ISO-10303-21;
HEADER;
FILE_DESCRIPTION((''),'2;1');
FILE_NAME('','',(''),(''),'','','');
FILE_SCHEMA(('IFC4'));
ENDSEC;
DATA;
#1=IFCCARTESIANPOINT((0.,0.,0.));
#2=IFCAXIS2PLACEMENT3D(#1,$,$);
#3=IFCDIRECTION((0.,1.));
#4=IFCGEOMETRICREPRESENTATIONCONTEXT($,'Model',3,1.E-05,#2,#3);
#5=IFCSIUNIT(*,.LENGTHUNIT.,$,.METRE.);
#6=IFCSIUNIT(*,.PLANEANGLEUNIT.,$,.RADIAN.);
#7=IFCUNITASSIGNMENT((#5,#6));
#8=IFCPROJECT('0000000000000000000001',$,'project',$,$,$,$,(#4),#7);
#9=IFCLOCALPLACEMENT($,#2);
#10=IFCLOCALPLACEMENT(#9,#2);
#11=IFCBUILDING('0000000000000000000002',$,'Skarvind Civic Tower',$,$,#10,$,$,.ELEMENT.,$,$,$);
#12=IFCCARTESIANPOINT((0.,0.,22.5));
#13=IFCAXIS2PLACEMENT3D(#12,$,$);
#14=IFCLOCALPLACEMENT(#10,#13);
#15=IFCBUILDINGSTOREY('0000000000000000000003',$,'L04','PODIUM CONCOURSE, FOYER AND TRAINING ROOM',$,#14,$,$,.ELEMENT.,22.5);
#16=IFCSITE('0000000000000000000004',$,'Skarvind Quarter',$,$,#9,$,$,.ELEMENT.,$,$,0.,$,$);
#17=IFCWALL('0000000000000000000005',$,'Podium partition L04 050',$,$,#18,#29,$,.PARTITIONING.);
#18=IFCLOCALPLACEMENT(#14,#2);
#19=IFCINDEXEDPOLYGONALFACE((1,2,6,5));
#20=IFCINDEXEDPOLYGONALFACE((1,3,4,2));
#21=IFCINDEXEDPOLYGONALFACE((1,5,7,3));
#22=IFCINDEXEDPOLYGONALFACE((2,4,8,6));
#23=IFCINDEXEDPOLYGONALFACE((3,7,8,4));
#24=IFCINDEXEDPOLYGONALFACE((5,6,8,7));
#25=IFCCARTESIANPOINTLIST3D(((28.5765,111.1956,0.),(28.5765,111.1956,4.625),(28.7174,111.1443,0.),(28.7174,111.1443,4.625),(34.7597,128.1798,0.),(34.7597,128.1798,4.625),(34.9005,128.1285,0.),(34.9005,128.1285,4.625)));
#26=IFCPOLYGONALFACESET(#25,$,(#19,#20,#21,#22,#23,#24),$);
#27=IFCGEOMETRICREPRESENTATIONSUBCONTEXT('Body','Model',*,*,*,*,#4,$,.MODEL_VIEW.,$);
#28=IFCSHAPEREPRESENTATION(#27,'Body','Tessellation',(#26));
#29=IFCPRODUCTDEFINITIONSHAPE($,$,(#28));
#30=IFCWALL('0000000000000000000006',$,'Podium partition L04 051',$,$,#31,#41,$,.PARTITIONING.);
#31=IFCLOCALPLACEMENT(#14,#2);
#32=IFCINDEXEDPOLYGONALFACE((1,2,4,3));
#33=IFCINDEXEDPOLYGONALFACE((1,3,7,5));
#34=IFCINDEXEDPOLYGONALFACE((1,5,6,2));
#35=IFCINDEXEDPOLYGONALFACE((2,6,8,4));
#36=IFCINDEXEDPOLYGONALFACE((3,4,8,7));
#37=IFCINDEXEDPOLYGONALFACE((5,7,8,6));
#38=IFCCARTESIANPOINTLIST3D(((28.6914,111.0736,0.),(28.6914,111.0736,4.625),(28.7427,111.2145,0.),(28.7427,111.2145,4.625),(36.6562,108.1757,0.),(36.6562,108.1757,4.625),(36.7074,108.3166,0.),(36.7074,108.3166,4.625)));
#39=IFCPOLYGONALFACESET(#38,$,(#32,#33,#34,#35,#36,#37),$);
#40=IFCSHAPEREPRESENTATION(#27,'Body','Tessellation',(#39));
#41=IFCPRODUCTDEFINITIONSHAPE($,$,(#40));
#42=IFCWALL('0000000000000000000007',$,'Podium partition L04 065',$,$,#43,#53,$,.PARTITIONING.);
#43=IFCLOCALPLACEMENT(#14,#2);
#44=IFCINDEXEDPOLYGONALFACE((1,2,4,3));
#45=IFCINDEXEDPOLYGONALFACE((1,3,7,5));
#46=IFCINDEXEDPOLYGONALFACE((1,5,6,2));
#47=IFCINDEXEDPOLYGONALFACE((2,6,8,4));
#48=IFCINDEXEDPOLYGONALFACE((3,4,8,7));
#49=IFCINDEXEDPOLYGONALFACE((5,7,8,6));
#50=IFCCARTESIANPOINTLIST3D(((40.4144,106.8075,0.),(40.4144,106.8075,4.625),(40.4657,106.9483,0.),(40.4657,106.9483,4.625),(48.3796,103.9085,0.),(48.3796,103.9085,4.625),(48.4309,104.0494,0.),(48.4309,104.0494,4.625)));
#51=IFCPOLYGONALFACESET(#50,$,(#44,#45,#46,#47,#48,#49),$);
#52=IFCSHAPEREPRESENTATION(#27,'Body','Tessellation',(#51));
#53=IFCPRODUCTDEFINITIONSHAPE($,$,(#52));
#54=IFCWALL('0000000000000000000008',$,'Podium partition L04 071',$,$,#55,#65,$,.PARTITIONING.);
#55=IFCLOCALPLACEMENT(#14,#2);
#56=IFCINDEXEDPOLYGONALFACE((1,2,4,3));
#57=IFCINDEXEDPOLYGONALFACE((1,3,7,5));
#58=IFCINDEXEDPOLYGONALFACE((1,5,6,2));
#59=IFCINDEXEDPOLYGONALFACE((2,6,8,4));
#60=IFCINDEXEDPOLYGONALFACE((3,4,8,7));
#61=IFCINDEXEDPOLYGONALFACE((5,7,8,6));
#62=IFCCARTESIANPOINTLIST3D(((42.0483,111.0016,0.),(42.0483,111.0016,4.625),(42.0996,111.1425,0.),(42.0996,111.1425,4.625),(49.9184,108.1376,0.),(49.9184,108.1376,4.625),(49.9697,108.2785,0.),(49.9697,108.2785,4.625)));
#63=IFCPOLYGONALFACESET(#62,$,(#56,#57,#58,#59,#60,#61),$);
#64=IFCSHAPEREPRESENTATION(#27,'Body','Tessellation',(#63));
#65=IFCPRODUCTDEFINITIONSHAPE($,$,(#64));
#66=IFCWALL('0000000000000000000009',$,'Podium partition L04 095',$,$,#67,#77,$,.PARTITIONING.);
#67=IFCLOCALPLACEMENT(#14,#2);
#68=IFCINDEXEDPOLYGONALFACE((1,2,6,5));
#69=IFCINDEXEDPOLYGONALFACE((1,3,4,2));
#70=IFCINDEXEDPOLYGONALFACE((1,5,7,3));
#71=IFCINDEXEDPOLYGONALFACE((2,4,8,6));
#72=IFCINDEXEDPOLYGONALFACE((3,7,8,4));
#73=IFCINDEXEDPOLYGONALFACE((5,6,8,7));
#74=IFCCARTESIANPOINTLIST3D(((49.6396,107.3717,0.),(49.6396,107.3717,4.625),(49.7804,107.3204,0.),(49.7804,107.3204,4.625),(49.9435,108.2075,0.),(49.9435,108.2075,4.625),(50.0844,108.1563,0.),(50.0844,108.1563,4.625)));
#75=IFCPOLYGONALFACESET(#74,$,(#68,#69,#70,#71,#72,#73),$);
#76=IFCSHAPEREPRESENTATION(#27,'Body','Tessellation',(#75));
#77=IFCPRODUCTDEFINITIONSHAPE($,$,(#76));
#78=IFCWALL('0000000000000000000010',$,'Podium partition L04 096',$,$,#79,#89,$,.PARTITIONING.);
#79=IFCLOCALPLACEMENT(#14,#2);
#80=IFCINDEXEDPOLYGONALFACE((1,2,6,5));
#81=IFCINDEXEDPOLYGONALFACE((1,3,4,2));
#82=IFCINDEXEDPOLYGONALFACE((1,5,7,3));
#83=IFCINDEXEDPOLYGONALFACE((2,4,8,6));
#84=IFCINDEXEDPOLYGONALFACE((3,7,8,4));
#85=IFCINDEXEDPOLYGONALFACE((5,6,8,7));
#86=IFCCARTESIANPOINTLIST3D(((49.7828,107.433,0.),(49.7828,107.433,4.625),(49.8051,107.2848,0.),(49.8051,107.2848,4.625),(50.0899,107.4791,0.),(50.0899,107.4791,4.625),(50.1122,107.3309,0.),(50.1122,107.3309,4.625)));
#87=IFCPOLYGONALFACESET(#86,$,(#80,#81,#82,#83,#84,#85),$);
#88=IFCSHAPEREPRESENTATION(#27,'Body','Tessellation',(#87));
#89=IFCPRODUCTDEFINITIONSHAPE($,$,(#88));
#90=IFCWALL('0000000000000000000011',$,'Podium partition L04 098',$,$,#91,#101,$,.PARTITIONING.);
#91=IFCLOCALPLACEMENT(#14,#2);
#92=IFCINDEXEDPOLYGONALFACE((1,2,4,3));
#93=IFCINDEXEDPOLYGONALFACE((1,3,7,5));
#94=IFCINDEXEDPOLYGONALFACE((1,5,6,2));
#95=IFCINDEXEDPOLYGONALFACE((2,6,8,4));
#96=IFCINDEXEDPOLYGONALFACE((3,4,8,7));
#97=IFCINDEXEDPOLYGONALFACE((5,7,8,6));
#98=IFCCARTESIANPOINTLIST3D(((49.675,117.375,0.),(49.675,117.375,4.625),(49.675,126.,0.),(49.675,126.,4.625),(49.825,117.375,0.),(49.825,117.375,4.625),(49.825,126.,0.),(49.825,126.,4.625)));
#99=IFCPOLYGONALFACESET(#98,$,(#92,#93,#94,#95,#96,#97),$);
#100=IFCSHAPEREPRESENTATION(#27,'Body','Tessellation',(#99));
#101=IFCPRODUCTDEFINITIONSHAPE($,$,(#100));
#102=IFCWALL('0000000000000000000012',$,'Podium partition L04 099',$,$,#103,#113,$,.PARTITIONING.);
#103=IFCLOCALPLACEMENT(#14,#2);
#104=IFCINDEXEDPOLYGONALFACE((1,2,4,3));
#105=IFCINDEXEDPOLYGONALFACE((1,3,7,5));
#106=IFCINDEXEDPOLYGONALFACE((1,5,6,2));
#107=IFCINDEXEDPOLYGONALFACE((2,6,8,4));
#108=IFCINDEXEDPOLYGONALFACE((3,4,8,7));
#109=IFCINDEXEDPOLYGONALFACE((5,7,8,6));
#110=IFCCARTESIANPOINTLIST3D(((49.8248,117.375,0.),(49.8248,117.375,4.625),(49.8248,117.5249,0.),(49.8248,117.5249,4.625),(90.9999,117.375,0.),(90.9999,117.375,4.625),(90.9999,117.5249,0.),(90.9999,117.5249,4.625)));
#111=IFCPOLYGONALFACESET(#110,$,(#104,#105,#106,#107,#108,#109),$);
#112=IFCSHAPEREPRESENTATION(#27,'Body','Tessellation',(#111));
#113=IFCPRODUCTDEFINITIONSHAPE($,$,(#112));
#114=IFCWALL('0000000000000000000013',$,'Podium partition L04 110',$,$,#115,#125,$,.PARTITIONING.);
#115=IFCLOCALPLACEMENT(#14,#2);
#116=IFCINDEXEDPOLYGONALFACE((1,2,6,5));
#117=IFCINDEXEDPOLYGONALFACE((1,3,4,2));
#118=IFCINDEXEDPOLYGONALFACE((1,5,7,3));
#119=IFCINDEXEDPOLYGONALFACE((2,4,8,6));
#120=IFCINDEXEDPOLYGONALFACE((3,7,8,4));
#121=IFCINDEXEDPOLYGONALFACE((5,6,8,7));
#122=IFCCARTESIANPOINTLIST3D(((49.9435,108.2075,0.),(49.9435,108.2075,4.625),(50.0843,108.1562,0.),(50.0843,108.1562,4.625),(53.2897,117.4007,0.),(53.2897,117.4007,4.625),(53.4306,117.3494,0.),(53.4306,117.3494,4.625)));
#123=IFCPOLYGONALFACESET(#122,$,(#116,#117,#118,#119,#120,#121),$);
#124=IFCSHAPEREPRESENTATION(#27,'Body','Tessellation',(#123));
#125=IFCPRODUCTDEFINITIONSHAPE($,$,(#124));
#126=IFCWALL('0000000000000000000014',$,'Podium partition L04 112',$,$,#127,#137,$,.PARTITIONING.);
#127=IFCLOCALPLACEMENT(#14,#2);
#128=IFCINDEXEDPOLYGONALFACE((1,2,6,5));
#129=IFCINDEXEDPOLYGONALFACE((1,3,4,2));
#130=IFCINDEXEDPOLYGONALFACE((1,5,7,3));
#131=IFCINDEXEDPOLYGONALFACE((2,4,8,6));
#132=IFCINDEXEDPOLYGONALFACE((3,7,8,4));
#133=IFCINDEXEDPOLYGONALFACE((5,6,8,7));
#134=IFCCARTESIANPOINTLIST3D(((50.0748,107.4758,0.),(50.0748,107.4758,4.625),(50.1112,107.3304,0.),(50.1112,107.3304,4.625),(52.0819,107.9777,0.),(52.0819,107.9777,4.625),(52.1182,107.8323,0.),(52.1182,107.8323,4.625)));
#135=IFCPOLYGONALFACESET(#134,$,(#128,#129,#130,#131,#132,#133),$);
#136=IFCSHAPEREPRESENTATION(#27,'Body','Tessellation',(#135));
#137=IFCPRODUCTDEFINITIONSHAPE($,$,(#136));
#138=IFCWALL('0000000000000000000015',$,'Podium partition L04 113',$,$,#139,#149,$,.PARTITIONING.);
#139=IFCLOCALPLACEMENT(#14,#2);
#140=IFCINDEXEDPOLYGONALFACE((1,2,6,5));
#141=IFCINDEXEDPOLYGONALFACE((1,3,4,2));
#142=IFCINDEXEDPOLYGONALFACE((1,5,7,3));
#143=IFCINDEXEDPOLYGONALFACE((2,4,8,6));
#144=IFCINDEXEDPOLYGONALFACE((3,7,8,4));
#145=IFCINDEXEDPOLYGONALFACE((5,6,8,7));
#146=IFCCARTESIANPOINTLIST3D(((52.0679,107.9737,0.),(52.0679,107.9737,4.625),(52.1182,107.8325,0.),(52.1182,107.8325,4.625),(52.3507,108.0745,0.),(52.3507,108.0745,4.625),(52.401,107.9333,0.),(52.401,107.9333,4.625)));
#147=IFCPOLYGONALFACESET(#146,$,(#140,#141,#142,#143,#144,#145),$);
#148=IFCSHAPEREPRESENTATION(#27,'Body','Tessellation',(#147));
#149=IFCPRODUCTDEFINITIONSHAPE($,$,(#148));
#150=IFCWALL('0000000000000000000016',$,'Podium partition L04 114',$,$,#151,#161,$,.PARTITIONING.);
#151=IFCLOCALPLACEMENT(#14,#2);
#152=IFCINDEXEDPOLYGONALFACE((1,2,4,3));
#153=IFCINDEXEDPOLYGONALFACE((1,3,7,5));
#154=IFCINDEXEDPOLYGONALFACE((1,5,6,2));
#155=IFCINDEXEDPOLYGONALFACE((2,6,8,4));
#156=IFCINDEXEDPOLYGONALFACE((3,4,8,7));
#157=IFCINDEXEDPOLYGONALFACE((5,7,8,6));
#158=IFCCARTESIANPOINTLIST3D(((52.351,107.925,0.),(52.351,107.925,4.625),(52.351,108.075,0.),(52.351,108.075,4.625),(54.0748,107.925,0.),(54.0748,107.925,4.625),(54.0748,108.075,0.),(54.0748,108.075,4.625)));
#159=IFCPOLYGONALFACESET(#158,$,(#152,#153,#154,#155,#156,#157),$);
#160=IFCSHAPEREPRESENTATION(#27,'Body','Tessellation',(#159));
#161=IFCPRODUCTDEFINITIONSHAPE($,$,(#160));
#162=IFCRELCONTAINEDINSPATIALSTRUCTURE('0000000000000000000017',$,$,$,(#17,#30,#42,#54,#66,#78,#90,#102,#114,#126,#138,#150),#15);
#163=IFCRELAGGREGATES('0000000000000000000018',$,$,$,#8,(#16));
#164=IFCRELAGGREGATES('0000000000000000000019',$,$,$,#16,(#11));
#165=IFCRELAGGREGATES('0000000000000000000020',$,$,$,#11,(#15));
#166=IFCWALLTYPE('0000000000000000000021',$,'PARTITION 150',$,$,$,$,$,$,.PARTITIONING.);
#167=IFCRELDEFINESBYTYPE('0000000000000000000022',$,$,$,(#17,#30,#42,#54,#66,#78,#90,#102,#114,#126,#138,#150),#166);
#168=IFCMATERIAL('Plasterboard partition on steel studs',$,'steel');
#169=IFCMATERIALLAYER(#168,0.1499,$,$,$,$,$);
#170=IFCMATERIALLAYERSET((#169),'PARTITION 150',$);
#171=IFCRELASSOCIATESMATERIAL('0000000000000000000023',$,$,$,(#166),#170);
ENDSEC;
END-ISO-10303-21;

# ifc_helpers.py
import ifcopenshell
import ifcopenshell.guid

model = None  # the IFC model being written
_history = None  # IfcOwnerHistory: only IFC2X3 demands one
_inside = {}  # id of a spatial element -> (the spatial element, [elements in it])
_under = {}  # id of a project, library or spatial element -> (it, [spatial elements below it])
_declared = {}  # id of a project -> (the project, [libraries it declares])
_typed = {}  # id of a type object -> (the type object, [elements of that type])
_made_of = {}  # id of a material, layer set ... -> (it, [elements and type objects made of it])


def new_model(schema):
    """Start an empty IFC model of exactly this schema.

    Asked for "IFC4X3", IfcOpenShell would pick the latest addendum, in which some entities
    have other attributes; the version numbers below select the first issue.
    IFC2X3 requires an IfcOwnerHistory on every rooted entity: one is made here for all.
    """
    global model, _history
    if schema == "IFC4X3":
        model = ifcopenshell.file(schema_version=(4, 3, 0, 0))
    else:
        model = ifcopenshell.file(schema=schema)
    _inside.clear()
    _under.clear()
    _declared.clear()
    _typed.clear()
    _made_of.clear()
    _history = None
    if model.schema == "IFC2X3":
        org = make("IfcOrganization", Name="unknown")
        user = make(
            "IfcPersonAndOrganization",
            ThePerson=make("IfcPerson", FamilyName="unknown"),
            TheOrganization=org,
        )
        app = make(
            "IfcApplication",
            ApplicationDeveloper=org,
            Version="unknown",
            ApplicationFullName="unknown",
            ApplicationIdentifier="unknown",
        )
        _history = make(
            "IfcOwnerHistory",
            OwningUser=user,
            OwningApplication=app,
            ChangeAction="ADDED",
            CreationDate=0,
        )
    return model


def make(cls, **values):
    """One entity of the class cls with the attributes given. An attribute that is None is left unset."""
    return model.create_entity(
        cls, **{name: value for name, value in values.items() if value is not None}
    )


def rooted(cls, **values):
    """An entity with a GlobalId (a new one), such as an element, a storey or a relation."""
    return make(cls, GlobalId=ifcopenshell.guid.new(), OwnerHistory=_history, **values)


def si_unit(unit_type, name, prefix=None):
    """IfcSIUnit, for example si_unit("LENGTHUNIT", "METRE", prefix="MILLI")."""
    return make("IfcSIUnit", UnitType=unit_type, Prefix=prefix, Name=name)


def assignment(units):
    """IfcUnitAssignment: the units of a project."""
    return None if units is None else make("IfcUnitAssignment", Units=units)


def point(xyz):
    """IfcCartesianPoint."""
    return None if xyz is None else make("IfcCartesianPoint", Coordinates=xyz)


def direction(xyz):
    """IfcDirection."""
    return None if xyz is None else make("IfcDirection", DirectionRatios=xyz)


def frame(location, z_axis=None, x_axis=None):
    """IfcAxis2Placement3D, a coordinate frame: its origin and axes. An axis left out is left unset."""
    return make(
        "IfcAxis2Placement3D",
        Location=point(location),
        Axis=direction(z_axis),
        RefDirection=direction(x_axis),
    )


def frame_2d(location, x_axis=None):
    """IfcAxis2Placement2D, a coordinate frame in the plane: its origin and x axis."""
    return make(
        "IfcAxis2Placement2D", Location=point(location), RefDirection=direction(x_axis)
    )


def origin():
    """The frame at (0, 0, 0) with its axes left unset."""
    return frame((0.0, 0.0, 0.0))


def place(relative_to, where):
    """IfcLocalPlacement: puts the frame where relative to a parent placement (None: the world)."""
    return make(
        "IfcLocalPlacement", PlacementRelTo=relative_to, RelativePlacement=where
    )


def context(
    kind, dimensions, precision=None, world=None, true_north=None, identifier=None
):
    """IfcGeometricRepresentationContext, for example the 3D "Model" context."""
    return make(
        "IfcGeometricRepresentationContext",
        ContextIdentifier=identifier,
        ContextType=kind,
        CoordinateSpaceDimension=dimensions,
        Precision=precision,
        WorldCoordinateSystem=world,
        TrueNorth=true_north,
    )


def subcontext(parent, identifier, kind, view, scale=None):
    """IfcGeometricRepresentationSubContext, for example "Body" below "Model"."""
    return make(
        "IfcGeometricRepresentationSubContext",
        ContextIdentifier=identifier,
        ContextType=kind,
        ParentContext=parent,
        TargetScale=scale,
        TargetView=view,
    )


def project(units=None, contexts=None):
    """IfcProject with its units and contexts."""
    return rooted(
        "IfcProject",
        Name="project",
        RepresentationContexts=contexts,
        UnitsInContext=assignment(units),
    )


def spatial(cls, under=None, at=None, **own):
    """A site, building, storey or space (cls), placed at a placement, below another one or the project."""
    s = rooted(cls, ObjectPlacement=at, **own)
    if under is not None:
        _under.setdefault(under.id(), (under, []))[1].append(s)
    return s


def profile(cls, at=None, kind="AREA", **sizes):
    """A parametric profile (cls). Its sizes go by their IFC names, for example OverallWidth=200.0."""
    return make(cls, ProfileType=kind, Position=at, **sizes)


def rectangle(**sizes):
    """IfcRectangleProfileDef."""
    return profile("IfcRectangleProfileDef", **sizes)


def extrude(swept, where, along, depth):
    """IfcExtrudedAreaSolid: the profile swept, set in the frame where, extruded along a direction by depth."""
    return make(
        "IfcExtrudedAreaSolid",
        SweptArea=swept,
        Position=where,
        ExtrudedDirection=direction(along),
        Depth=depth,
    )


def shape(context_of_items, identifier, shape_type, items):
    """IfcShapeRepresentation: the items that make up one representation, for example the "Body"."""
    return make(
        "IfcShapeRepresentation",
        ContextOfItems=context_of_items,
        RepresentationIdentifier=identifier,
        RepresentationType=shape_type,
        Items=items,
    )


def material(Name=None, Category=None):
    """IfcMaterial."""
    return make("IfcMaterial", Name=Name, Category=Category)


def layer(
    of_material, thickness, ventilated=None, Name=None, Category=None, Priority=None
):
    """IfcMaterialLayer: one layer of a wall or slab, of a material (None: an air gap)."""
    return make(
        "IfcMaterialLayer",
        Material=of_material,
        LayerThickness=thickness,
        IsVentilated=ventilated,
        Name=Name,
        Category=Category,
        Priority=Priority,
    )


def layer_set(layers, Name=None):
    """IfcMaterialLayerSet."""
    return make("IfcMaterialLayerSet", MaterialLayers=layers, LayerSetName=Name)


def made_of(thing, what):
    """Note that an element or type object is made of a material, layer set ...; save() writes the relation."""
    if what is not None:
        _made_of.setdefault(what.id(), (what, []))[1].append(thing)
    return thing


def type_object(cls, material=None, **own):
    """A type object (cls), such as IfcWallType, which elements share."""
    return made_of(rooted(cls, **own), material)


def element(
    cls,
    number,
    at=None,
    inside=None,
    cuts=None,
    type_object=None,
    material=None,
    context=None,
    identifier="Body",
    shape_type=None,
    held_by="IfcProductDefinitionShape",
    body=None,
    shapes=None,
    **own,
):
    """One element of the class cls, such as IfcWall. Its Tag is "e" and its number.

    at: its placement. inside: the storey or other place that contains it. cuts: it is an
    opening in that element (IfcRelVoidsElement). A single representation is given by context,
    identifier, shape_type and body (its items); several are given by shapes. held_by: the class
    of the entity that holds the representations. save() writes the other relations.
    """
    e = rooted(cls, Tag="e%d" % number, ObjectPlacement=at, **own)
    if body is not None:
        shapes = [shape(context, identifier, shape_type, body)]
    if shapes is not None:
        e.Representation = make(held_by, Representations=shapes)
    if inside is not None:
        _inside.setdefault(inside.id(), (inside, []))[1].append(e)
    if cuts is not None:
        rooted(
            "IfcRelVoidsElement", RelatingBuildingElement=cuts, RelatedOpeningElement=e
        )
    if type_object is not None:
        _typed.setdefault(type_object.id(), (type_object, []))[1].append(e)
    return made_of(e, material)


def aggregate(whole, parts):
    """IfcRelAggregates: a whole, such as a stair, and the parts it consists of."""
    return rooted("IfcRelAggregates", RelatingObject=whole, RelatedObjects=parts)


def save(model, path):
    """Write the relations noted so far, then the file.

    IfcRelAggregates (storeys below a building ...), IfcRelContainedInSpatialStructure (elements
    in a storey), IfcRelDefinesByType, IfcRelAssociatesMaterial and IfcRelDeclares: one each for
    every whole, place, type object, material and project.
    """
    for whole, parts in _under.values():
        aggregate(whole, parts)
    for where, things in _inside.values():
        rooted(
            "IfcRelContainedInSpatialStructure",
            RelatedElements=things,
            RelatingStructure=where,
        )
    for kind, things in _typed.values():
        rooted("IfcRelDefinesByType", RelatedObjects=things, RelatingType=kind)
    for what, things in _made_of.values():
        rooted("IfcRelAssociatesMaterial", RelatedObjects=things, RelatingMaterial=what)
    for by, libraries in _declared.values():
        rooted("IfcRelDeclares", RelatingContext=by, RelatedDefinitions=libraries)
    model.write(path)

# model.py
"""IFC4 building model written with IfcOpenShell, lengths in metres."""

from ifc_helpers import new_model, si_unit, direction, frame, frame_2d, origin, place, context, subcontext, project, spatial, rectangle, extrude, material, layer, layer_set, type_object, element, save


model = new_model("IFC4")

# Units and contexts
model_context = context("Model", 3, precision=1e-05, world=origin(), true_north=direction((0.0, 1.0)))
body_context = subcontext(model_context, "Body", "Model", "MODEL_VIEW")
ifc_project = project(units=[si_unit("LENGTHUNIT", "METRE"), si_unit("PLANEANGLEUNIT", "RADIAN")], contexts=[model_context])

# Site, building, storey
site_placement = place(None, origin())
site = spatial("IfcSite", under=ifc_project, at=site_placement, Name="Skarvind Quarter", CompositionType="ELEMENT", RefElevation=0.0)
building_placement = place(site_placement, origin())
building = spatial("IfcBuilding", under=site, at=building_placement, Name="Skarvind Civic Tower", CompositionType="ELEMENT")
storey_placement = place(building_placement, frame((0.0, 0.0, 22.5)))
storey = spatial("IfcBuildingStorey", under=building, at=storey_placement, Name="L04", Description="PODIUM CONCOURSE, FOYER AND TRAINING ROOM", CompositionType="ELEMENT", Elevation=22.5)

# Walls
ifc_material_1 = material(Name="Plasterboard partition on steel studs", Category="steel")
ifc_layer_1 = layer(ifc_material_1, 0.1499)
ifc_layer_set_1 = layer_set([ifc_layer_1], Name="PARTITION 150")
wall_type_1 = type_object("IfcWallType", Name="PARTITION 150", PredefinedType="PARTITIONING", material=ifc_layer_set_1)
wall_1_placement = place(storey_placement, frame((28.647, 111.1699, 0.0), z_axis=(0.0, 0.0, 1.0), x_axis=(0.342088, 0.939668, 0.0)))
element("IfcWall", 1, at=wall_1_placement, inside=storey, type_object=wall_type_1, Name="Podium partition L04 050", PredefinedType="PARTITIONING", context=body_context, shape_type="SweptSolid", body=[
    extrude(rectangle(XDim=18.0747, YDim=0.1499, at=frame_2d((9.0374, 0.0))), origin(), (0.0, 0.0, 1.0), 4.625),
])
wall_2_placement = place(storey_placement, frame((28.717, 111.144, 0.0), z_axis=(0.0, 0.0, 1.0), x_axis=(0.939731, -0.341914, 0.0)))
element("IfcWall", 2, at=wall_2_placement, inside=storey, type_object=wall_type_1, Name="Podium partition L04 051", PredefinedType="PARTITIONING", context=body_context, shape_type="SweptSolid", body=[
    extrude(rectangle(XDim=8.4756, YDim=0.1499, at=frame_2d((4.2378, 0.0))), origin(), (0.0, 0.0, 1.0), 4.625),
])
wall_3_placement = place(storey_placement, frame((40.4399, 106.8779, 0.0), z_axis=(0.0, 0.0, 1.0), x_axis=(0.939698, -0.342007, 0.0)))
element("IfcWall", 3, at=wall_3_placement, inside=storey, type_object=wall_type_1, Name="Podium partition L04 065", PredefinedType="PARTITIONING", context=body_context, shape_type="SweptSolid", body=[
    extrude(rectangle(XDim=8.4763, YDim=0.1499, at=frame_2d((4.2383, 0.0))), origin(), (0.0, 0.0, 1.0), 4.625),
])
wall_4_placement = place(storey_placement, frame((42.074, 111.072, 0.0), z_axis=(0.0, 0.0, 1.0), x_axis=(0.939711, -0.34197, 0.0)))
element("IfcWall", 4, at=wall_4_placement, inside=storey, type_object=wall_type_1, Name="Podium partition L04 071", PredefinedType="PARTITIONING", context=body_context, shape_type="SweptSolid", body=[
    extrude(rectangle(XDim=8.375, YDim=0.1499, at=frame_2d((4.1875, 0.0))), origin(), (0.0, 0.0, 1.0), 4.625),
])
wall_5_placement = place(storey_placement, frame((49.71, 107.3459, 0.0), z_axis=(0.0, 0.0, 1.0), x_axis=(0.341721, 0.939801, 0.0)))
element("IfcWall", 5, at=wall_5_placement, inside=storey, type_object=wall_type_1, Name="Podium partition L04 095", PredefinedType="PARTITIONING", context=body_context, shape_type="SweptSolid", body=[
    extrude(rectangle(XDim=0.8894, YDim=0.1499, at=frame_2d((0.4448, 0.0))), origin(), (0.0, 0.0, 1.0), 4.625),
])
wall_6_placement = place(storey_placement, frame((49.7939, 107.3589, 0.0), z_axis=(0.0, 0.0, 1.0), x_axis=(0.988902, 0.148571, 0.0)))
element("IfcWall", 6, at=wall_6_placement, inside=storey, type_object=wall_type_1, Name="Podium partition L04 096", PredefinedType="PARTITIONING", context=body_context, shape_type="SweptSolid", body=[
    extrude(rectangle(XDim=0.3105, YDim=0.1499, at=frame_2d((0.1553, 0.0))), origin(), (0.0, 0.0, 1.0), 4.625),
])
wall_7_placement = place(storey_placement, frame((49.75, 117.375, 0.0), z_axis=(0.0, 0.0, 1.0), x_axis=(0.0, 1.0, 0.0)))
element("IfcWall", 7, at=wall_7_placement, inside=storey, type_object=wall_type_1, Name="Podium partition L04 098", PredefinedType="PARTITIONING", context=body_context, shape_type="SweptSolid", body=[
    extrude(rectangle(XDim=8.625, YDim=0.1499, at=frame_2d((4.3125, 0.0))), origin(), (0.0, 0.0, 1.0), 4.625),
])
wall_8_placement = place(storey_placement, frame((49.825, 117.45, 0.0), z_axis=(0.0, 0.0, 1.0), x_axis=(1.0, 0.0, 0.0)))
element("IfcWall", 8, at=wall_8_placement, inside=storey, type_object=wall_type_1, Name="Podium partition L04 099", PredefinedType="PARTITIONING", context=body_context, shape_type="SweptSolid", body=[
    extrude(rectangle(XDim=41.175, YDim=0.1499, at=frame_2d((20.5874, 0.0))), origin(), (0.0, 0.0, 1.0), 4.625),
])
wall_9_placement = place(storey_placement, frame((50.0139, 108.1819, 0.0), z_axis=(0.0, 0.0, 1.0), x_axis=(0.342036, 0.939687, 0.0)))
element("IfcWall", 9, at=wall_9_placement, inside=storey, type_object=wall_type_1, Name="Podium partition L04 110", PredefinedType="PARTITIONING", context=body_context, shape_type="SweptSolid", body=[
    extrude(rectangle(XDim=9.7832, YDim=0.1499, at=frame_2d((4.8916, 0.0))), origin(), (0.0, 0.0, 1.0), 4.625),
])
wall_10_placement = place(storey_placement, frame((50.093, 107.4031, 0.0), z_axis=(0.0, 0.0, 1.0), x_axis=(0.970122, 0.242619, 0.0)))
element("IfcWall", 10, at=wall_10_placement, inside=storey, type_object=wall_type_1, Name="Podium partition L04 112", PredefinedType="PARTITIONING", context=body_context, shape_type="SweptSolid", body=[
    extrude(rectangle(XDim=2.0688, YDim=0.1499, at=frame_2d((1.0344, 0.0))), origin(), (0.0, 0.0, 1.0), 4.625),
])
wall_11_placement = place(storey_placement, frame((52.093, 107.9031, 0.0), z_axis=(0.0, 0.0, 1.0), x_axis=(0.941981, 0.335667, 0.0)))
element("IfcWall", 11, at=wall_11_placement, inside=storey, type_object=wall_type_1, Name="Podium partition L04 113", PredefinedType="PARTITIONING", context=body_context, shape_type="SweptSolid", body=[
    extrude(rectangle(XDim=0.3003, YDim=0.1499, at=frame_2d((0.1501, 0.0))), origin(), (0.0, 0.0, 1.0), 4.625),
])
wall_12_placement = place(storey_placement, frame((52.3511, 108.0, 0.0), z_axis=(0.0, 0.0, 1.0), x_axis=(1.0, 0.0, 0.0)))
element("IfcWall", 12, at=wall_12_placement, inside=storey, type_object=wall_type_1, Name="Podium partition L04 114", PredefinedType="PARTITIONING", context=body_context, shape_type="SweptSolid", body=[
    extrude(rectangle(XDim=1.7239, YDim=0.1499, at=frame_2d((0.8618, 0.0))), origin(), (0.0, 0.0, 1.0), 4.625),
])

save(model, "model.ifc")
